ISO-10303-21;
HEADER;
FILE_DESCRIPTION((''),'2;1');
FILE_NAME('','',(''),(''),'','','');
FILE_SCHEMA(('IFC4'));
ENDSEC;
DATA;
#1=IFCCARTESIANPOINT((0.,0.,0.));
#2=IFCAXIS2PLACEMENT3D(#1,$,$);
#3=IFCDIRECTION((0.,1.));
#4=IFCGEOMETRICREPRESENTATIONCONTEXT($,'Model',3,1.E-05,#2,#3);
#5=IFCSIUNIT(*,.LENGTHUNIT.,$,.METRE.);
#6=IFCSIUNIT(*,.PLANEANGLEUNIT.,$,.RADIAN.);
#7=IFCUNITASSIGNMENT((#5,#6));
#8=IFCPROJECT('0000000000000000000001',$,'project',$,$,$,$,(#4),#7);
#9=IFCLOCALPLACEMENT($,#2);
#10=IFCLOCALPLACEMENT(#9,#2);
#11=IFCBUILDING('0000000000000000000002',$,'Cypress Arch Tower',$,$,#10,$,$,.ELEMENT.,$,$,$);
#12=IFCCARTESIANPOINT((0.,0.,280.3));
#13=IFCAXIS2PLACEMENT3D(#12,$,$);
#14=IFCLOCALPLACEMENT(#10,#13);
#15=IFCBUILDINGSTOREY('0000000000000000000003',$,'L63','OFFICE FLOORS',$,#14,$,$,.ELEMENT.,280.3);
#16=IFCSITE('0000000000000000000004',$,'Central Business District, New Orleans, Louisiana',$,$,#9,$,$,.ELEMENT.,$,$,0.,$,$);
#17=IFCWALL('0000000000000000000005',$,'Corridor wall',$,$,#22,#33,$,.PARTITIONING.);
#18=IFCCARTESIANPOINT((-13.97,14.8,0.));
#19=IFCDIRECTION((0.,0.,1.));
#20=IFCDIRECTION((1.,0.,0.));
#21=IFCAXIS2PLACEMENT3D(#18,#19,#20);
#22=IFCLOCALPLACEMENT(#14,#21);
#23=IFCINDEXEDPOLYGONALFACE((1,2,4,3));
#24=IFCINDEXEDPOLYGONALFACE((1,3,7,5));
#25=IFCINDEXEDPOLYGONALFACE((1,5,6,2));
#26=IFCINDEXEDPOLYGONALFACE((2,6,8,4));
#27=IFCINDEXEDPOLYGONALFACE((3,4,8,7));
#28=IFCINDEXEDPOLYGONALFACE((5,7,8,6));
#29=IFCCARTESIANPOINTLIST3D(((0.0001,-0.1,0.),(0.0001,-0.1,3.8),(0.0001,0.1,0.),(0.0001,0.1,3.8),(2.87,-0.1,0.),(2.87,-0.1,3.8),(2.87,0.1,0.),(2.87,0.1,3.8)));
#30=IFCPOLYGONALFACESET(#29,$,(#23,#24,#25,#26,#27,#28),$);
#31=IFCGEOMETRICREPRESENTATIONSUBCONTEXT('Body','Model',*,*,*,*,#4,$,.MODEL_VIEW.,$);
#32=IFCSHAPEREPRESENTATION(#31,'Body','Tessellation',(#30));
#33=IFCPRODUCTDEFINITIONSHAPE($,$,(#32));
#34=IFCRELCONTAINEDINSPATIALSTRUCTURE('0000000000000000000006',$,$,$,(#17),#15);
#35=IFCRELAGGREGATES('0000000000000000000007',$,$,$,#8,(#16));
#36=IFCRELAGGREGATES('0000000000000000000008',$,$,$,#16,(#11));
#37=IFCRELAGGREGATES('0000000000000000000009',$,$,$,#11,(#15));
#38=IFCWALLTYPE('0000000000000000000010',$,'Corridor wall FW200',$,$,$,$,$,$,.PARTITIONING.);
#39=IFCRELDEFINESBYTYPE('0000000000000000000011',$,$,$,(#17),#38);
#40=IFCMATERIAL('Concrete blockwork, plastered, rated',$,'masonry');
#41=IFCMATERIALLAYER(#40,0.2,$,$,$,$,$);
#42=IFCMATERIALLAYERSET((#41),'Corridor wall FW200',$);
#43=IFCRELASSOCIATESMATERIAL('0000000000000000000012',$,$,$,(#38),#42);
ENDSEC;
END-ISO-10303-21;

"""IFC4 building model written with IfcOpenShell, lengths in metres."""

from ifc_helpers import new_model, si_unit, direction, frame, frame_2d, origin, place, context, subcontext, project, spatial, rectangle, extrude, material, layer, layer_set, type_object, element, save


model = new_model("IFC4")

# Units and contexts
model_context = context("Model", 3, precision=1e-05, world=origin(), true_north=direction((0.0, 1.0)))
body_context = subcontext(model_context, "Body", "Model", "MODEL_VIEW")
ifc_project = project(units=[si_unit("LENGTHUNIT", "METRE"), si_unit("PLANEANGLEUNIT", "RADIAN")], contexts=[model_context])

# Site, building, storey
site_placement = place(None, origin())
site = spatial("IfcSite", under=ifc_project, at=site_placement, Name="Central Business District, New Orleans, Louisiana", CompositionType="ELEMENT", RefElevation=0.0)
building_placement = place(site_placement, origin())
building = spatial("IfcBuilding", under=site, at=building_placement, Name="Cypress Arch Tower", CompositionType="ELEMENT")
storey_placement = place(building_placement, frame((0.0, 0.0, 280.3)))
storey = spatial("IfcBuildingStorey", under=building, at=storey_placement, Name="L63", Description="OFFICE FLOORS", CompositionType="ELEMENT", Elevation=280.3)

# Wall
ifc_material_1 = material(Name="Concrete blockwork, plastered, rated", Category="masonry")
ifc_layer_1 = layer(ifc_material_1, 0.2)
ifc_layer_set_1 = layer_set([ifc_layer_1], Name="Corridor wall FW200")
wall_type_1 = type_object("IfcWallType", Name="Corridor wall FW200", PredefinedType="PARTITIONING", material=ifc_layer_set_1)
wall_1_placement = place(storey_placement, frame((-13.97, 14.8, 0.0), z_axis=(0.0, 0.0, 1.0), x_axis=(1.0, 0.0, 0.0)))
element("IfcWall", 1, at=wall_1_placement, inside=storey, type_object=wall_type_1, Name="Corridor wall", PredefinedType="PARTITIONING", context=body_context, shape_type="SweptSolid", body=[
    extrude(rectangle(XDim=2.8699, YDim=0.2, at=frame_2d((1.4351, 0.0))), origin(), (0.0, 0.0, 1.0), 3.8),
])

save(model, "model.ifc")
